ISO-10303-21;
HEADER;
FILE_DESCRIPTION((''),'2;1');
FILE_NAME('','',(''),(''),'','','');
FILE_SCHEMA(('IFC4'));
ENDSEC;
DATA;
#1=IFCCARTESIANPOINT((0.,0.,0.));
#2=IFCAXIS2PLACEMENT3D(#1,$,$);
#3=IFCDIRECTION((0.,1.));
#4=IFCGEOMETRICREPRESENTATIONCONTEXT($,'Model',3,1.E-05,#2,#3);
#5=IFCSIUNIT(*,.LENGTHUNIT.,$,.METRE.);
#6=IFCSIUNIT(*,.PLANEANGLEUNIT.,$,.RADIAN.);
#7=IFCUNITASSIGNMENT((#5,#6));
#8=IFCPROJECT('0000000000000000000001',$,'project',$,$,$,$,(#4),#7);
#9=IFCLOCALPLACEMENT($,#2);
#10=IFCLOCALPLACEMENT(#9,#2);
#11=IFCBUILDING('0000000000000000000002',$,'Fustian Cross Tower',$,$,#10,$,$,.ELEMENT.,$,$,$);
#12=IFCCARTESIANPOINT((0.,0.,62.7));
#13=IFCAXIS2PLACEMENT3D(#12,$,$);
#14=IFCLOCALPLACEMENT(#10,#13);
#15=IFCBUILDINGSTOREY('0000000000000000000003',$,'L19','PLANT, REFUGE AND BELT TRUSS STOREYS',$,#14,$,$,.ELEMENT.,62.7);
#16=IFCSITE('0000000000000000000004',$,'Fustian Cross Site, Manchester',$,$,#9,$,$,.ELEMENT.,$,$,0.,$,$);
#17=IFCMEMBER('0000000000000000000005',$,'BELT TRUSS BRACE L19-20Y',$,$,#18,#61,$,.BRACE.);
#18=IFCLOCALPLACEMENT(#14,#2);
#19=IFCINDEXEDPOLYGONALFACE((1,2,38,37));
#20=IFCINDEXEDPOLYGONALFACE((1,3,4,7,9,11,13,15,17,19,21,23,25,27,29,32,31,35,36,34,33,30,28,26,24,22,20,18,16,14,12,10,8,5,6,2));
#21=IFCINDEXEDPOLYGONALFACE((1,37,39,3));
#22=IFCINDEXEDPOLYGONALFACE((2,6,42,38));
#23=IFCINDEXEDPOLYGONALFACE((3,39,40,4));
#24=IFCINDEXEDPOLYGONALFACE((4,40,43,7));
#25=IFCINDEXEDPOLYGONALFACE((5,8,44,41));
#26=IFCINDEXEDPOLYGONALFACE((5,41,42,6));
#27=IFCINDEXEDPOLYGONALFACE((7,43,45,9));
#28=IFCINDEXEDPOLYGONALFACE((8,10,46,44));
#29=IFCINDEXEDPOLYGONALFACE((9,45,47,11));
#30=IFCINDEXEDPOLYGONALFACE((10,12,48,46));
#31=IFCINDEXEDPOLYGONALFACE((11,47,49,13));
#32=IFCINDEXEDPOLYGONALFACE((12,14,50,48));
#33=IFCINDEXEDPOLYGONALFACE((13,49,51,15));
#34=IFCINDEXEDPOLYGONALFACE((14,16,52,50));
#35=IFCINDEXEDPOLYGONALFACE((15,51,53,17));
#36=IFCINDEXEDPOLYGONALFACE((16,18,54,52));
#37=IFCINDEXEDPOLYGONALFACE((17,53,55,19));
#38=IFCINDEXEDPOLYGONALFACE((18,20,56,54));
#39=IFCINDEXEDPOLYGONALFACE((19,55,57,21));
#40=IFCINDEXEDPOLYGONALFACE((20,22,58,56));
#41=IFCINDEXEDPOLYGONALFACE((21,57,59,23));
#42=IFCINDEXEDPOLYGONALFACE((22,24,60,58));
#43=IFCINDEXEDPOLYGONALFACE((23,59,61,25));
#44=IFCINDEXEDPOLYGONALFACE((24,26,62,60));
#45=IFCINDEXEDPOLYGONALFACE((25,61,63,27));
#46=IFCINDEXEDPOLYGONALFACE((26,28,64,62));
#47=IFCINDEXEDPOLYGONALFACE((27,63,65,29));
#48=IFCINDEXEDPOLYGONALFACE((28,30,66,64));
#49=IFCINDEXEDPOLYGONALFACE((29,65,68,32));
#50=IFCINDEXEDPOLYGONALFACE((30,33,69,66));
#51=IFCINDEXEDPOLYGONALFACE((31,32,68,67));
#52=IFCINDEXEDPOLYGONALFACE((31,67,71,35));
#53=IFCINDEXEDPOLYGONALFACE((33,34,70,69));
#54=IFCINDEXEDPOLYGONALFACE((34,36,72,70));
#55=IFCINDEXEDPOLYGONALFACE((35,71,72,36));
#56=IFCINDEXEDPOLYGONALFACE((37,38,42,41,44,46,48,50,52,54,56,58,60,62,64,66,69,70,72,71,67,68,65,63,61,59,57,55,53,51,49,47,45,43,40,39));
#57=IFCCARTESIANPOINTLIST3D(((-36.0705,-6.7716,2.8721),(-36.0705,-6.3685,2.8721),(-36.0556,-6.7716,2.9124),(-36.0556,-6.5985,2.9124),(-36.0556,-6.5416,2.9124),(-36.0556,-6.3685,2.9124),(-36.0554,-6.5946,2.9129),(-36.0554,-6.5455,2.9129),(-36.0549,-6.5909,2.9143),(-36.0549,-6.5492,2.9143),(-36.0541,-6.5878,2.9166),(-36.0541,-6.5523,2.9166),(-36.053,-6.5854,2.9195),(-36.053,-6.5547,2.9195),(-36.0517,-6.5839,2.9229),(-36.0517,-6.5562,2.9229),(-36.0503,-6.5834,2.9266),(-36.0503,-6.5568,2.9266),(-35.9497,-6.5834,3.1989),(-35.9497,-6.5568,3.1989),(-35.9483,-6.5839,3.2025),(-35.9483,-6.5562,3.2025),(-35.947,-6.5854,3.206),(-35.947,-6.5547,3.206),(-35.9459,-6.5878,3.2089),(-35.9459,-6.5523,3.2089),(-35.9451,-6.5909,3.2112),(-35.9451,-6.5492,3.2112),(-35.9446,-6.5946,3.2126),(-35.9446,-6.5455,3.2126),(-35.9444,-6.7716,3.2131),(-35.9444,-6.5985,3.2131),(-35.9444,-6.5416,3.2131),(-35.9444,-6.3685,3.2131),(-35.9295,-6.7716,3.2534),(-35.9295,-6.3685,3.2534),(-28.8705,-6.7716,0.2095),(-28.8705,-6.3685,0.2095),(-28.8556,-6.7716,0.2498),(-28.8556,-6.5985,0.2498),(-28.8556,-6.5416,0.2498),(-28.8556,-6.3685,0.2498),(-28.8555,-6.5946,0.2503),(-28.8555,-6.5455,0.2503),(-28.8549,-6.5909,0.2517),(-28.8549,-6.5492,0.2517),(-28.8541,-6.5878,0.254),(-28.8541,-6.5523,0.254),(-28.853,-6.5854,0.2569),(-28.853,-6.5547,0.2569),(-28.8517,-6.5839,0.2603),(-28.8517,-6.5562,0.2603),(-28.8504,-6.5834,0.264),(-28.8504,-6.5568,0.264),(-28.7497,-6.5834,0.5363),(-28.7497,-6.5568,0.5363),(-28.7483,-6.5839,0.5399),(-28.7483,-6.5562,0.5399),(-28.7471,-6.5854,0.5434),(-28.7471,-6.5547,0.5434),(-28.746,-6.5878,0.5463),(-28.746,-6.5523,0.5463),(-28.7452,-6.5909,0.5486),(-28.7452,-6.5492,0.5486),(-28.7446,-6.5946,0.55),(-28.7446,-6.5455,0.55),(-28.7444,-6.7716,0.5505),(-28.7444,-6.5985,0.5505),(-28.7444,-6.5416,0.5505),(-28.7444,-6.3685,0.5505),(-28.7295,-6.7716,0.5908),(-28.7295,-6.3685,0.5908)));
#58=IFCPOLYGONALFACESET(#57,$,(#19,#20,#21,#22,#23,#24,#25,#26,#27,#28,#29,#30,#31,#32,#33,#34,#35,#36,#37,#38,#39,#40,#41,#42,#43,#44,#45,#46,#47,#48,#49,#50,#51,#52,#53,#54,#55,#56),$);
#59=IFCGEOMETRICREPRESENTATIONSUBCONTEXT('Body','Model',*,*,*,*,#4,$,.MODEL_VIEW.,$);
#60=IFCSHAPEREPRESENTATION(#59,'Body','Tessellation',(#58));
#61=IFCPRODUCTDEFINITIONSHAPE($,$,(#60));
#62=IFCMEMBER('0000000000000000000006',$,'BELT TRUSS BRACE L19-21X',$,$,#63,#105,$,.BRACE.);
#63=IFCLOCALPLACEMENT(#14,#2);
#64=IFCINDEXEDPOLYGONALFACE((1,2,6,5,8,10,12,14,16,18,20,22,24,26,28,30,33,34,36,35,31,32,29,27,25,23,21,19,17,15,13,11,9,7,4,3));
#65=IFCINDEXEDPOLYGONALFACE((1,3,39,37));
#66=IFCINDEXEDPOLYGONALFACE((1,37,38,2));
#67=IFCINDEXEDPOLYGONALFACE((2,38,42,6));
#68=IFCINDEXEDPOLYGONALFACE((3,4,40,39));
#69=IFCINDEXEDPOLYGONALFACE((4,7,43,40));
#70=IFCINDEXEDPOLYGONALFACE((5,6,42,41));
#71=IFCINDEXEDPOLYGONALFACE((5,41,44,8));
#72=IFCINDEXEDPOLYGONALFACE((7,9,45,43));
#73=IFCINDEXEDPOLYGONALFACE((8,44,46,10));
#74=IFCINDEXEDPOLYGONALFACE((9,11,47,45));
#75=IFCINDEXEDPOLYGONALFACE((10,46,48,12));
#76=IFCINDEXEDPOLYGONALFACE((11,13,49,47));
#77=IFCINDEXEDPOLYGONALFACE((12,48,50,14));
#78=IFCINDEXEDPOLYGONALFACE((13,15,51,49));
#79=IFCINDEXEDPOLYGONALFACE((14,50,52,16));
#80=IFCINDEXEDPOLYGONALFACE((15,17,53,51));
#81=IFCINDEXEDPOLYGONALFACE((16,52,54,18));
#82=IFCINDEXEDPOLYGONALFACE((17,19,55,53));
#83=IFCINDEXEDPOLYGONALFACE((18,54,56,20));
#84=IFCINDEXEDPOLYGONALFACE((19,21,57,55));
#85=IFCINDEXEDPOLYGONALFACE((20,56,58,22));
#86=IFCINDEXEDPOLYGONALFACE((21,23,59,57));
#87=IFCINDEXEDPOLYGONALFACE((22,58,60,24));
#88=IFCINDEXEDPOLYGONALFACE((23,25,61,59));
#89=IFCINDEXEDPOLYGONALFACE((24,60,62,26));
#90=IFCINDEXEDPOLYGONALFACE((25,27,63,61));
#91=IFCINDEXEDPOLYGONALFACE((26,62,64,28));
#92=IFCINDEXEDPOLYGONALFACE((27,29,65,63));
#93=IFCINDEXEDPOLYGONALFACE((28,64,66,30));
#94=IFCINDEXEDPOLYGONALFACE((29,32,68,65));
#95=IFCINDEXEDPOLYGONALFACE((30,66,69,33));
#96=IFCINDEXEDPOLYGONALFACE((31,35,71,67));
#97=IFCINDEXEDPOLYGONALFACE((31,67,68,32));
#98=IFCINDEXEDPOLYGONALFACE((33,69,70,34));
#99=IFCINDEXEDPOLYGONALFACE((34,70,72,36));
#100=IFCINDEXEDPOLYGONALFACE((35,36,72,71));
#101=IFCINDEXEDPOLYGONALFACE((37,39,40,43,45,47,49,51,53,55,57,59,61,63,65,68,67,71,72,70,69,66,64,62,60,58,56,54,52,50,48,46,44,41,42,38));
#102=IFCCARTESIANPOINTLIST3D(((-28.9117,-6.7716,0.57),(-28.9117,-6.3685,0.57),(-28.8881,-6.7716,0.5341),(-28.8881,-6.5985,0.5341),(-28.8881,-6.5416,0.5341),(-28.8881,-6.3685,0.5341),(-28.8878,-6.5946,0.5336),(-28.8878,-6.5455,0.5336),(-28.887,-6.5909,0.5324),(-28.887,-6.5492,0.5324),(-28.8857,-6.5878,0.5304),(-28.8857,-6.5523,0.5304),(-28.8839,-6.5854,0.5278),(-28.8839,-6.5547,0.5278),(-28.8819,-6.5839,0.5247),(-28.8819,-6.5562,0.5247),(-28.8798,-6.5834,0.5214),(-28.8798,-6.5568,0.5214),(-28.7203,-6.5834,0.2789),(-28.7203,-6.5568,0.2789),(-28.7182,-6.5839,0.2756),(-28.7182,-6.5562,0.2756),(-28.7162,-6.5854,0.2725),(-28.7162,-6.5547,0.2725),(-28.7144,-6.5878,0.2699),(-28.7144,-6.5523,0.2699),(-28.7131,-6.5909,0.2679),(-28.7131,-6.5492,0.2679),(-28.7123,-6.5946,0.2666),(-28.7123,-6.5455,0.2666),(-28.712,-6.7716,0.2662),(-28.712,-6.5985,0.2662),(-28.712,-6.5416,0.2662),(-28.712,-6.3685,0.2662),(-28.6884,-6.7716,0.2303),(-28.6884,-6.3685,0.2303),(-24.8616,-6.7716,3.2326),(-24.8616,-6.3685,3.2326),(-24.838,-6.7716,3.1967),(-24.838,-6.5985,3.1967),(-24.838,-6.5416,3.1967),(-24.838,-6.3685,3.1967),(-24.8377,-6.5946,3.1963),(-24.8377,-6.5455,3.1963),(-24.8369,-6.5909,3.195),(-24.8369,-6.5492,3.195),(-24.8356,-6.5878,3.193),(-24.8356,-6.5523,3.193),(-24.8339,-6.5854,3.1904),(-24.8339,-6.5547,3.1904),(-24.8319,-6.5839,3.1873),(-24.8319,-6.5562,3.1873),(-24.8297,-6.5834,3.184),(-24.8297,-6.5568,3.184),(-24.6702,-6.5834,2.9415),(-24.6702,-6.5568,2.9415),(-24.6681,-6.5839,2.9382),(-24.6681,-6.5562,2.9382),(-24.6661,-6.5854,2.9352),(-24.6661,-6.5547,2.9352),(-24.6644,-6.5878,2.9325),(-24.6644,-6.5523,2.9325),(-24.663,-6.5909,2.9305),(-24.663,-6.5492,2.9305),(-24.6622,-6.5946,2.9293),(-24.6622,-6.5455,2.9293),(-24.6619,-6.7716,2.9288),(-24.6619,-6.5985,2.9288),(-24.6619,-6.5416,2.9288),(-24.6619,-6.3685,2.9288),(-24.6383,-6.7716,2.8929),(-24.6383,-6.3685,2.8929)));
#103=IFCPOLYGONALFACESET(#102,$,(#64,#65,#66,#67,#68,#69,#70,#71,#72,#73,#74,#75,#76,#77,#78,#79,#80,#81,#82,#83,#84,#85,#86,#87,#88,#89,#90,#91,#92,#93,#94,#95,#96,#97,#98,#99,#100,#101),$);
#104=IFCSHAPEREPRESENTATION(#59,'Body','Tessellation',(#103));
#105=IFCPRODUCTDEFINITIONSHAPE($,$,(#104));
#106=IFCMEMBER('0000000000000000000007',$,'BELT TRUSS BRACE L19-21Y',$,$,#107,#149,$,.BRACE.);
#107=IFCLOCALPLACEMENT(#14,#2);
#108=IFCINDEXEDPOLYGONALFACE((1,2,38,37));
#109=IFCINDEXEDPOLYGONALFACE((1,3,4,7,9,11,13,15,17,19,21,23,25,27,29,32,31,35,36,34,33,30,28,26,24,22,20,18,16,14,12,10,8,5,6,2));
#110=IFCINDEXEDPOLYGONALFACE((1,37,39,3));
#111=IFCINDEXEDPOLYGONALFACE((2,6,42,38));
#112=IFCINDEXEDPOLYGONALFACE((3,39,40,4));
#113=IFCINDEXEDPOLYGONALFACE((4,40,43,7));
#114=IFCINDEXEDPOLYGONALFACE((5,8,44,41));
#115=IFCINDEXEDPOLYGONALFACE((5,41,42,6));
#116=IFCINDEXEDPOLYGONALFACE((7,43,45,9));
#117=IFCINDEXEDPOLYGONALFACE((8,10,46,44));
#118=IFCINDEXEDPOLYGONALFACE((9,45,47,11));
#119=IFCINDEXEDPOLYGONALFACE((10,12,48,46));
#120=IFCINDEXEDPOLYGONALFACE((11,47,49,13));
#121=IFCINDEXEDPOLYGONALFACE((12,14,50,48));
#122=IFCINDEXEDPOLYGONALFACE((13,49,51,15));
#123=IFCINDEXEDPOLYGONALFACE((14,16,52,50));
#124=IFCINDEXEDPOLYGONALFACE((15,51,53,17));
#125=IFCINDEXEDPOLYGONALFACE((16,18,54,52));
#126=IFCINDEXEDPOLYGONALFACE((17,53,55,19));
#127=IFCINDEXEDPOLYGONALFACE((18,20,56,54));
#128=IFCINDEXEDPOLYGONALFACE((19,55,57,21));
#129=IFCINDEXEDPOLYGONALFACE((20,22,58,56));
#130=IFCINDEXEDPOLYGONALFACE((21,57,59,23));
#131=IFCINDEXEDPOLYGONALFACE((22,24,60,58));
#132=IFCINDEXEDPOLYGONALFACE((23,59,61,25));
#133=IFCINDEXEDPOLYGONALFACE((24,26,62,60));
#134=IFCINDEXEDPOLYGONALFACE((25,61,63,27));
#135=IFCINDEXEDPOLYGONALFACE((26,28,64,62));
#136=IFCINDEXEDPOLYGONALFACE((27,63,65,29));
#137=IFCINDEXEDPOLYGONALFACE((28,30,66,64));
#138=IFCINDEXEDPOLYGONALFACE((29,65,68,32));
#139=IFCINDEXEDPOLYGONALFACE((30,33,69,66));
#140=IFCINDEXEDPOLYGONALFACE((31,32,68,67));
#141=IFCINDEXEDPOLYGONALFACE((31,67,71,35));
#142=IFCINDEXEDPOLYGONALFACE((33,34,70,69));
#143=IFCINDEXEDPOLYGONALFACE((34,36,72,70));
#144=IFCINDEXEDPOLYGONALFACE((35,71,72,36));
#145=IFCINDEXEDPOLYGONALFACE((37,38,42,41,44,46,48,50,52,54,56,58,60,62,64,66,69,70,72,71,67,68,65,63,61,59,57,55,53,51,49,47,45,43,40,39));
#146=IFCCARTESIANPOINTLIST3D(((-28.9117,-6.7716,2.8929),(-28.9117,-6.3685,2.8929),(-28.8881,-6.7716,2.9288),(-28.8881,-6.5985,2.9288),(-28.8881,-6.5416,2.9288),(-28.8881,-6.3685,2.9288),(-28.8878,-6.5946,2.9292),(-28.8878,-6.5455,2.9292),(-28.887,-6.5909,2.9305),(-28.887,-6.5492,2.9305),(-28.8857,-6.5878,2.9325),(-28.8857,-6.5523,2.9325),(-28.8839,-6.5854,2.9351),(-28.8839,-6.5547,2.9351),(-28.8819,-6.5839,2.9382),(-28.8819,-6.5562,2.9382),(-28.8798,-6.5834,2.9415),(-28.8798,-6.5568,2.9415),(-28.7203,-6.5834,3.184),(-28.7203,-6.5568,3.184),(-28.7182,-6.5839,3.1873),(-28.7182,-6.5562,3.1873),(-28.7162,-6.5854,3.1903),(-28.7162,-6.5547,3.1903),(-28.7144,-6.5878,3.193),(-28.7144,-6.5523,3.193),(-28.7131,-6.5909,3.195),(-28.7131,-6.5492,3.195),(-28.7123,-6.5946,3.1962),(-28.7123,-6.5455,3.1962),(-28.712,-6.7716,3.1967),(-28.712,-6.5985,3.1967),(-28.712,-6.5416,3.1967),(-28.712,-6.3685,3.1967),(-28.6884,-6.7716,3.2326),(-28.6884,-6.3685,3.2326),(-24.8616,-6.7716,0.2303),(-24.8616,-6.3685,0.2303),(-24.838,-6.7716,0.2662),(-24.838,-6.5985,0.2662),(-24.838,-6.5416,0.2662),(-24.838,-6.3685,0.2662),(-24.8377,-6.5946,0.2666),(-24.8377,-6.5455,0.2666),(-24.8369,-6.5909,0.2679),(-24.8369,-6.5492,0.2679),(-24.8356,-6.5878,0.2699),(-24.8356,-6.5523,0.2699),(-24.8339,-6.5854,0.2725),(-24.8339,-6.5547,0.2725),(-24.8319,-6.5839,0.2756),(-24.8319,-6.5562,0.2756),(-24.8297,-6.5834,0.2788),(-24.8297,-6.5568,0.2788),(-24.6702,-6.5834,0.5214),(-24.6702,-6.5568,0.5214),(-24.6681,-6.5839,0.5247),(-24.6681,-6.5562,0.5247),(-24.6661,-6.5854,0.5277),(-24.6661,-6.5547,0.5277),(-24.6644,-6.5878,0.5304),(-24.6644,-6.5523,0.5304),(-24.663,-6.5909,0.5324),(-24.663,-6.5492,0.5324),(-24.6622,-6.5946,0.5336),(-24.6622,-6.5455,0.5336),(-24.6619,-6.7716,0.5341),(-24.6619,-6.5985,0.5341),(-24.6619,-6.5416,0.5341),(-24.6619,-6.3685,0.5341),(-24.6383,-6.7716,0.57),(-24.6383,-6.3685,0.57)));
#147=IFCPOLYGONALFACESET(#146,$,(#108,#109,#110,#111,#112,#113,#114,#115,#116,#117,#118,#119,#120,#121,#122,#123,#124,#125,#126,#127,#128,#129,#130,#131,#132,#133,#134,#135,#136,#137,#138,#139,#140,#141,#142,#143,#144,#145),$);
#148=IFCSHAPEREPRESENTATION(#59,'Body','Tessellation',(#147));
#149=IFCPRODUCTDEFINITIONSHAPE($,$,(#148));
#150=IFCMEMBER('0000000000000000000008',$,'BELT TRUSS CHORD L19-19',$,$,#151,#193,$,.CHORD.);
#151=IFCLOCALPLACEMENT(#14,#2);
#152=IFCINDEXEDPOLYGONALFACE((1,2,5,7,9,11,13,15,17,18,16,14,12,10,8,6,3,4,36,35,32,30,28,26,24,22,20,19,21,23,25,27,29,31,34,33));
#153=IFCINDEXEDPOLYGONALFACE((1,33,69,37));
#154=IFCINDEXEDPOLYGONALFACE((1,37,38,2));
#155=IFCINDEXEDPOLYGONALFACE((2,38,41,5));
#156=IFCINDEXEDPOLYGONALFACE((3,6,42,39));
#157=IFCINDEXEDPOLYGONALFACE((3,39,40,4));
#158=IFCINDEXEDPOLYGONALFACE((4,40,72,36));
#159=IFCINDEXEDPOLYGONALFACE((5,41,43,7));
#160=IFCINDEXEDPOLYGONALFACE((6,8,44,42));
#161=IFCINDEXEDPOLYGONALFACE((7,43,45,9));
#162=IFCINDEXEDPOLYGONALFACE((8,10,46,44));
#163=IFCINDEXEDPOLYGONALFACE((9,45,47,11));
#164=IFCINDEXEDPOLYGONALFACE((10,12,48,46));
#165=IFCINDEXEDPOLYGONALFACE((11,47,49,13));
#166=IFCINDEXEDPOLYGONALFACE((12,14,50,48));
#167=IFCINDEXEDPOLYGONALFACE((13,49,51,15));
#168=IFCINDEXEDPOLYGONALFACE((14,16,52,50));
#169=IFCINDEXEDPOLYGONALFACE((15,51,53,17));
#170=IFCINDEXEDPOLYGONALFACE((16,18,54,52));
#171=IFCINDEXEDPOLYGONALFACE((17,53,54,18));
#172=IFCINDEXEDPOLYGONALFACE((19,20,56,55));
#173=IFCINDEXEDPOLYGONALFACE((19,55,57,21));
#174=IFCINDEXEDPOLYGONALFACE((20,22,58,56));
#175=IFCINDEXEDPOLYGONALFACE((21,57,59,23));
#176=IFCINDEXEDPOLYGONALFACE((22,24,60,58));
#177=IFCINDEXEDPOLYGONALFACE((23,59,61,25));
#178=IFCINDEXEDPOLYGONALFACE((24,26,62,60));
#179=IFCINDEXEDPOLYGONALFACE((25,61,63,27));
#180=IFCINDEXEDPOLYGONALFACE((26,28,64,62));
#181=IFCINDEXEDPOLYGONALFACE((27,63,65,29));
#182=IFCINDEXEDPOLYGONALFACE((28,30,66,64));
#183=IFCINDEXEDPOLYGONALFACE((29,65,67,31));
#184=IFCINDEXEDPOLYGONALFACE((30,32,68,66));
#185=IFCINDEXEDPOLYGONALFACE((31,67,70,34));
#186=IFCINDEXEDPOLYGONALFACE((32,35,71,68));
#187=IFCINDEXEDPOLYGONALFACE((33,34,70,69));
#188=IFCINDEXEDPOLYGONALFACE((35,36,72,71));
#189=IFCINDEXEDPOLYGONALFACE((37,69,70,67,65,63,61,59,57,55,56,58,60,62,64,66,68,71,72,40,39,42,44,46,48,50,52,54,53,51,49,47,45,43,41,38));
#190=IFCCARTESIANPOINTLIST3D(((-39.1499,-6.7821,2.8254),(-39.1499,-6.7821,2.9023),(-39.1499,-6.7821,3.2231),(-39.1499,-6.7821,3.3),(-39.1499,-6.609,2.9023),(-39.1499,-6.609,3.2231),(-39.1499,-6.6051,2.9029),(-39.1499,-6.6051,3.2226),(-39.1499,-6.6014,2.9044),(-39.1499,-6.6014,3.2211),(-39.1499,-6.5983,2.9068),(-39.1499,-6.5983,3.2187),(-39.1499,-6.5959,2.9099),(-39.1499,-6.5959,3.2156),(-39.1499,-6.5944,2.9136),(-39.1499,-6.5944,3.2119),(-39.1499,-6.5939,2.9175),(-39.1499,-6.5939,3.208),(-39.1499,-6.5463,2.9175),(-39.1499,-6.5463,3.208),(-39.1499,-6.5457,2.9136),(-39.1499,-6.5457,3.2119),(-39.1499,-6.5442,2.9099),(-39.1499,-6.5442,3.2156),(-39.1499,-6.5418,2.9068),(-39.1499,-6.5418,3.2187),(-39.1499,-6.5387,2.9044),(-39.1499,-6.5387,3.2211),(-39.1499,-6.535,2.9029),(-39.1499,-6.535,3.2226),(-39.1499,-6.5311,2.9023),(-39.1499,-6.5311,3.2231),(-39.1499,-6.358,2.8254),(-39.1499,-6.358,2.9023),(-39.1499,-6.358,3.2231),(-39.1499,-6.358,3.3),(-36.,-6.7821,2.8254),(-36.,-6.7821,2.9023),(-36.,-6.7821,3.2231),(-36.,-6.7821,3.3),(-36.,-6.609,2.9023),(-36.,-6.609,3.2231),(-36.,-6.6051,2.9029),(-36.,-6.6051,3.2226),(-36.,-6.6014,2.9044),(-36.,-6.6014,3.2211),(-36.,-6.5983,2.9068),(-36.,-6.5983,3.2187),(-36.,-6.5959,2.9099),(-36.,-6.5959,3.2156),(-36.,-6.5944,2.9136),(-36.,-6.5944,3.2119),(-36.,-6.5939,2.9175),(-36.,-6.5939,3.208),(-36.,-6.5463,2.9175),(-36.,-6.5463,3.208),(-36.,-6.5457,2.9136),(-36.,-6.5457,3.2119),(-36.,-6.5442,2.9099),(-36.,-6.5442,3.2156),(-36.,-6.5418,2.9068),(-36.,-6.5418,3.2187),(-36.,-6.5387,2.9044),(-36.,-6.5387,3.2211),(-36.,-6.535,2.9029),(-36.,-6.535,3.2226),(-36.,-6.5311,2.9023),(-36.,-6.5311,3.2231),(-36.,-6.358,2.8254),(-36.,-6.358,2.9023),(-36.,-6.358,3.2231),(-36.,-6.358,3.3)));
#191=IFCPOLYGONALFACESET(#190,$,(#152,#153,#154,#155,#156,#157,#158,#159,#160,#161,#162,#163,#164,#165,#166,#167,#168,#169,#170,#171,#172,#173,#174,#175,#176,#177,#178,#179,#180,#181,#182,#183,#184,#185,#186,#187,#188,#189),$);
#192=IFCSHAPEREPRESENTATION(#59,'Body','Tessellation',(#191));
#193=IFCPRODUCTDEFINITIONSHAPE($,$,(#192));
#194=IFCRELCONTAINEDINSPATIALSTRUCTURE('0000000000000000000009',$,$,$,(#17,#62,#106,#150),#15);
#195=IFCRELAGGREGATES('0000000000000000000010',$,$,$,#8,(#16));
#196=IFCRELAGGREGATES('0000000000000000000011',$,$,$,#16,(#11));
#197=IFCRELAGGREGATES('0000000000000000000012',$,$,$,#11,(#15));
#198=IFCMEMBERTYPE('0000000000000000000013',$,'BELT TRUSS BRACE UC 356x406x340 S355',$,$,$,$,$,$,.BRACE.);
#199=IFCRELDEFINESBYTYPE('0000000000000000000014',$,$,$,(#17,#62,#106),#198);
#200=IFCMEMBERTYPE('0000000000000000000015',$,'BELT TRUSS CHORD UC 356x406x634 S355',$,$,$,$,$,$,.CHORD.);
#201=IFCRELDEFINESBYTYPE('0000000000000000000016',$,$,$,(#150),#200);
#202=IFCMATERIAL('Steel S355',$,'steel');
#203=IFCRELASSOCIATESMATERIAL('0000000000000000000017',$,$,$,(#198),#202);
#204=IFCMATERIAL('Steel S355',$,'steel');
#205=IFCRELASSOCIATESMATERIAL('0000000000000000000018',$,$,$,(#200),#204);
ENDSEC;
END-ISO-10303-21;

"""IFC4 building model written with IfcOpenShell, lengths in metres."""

from ifc_helpers import new_model, si_unit, direction, frame, origin, origin_2d, place, context, subcontext, project, spatial, i_section, extrude, material, material_profile, profile_set, type_object, element, save


model = new_model("IFC4")

# Units and contexts
model_context = context("Model", 3, precision=1e-05, world=origin(), true_north=direction((0.0, 1.0)))
body_context = subcontext(model_context, "Body", "Model", "MODEL_VIEW")
ifc_project = project(units=[si_unit("LENGTHUNIT", "METRE"), si_unit("PLANEANGLEUNIT", "RADIAN")], contexts=[model_context])

# Site, building, storey
site_placement = place(None, origin())
site = spatial("IfcSite", under=ifc_project, at=site_placement, Name="Fustian Cross Site, Manchester", CompositionType="ELEMENT", RefElevation=0.0)
building_placement = place(site_placement, origin())
building = spatial("IfcBuilding", under=site, at=building_placement, Name="Fustian Cross Tower", CompositionType="ELEMENT")
storey_placement = place(building_placement, frame((0.0, 0.0, 62.7)))
storey = spatial("IfcBuildingStorey", under=building, at=storey_placement, Name="L19", Description="PLANT, REFUGE AND BELT TRUSS STOREYS", CompositionType="ELEMENT", Elevation=62.7)

# Members
ifc_material_1 = material(Name="Steel S355", Category="steel")
ifc_material_profile_1 = material_profile(ifc_material_1, i_section(OverallWidth=0.4031, OverallDepth=0.4065, WebThickness=0.0266, FlangeThickness=0.043, FilletRadius=0.0151, at=origin_2d()), Name="UC 356x406x340")
ifc_profile_set_1 = profile_set([ifc_material_profile_1], Name="Steel S355")
member_type_1 = type_object("IfcMemberType", Name="BELT TRUSS BRACE UC 356x406x340 S355", PredefinedType="BRACE", material=ifc_profile_set_1)
for number, where, z_axis, x_axis, name in (
    (1, (-36.0, -6.5701, 3.0627), (0.937921, 0.0, -0.34685), (0.0, 1.0, 0.0), "BELT TRUSS BRACE L19-20Y"),
):
    element("IfcMember", number, at=place(storey_placement, frame(where, z_axis=z_axis, x_axis=x_axis)), inside=storey, type_object=member_type_1, Name=name, PredefinedType="BRACE", context=body_context, shape_type="SweptSolid", body=[
        extrude(i_section(OverallWidth=0.4031, OverallDepth=0.4065, WebThickness=0.0266, FlangeThickness=0.043, FilletRadius=0.0151, at=origin_2d()), origin(), (0.0, 0.0, 1.0), 7.6765),
    ])
for number, where, z_axis, x_axis, name in (
    (2, (-28.8, -6.5701, 0.4001), (0.835598, 0.0, 0.549342), (0.0, 1.0, 0.0), "BELT TRUSS BRACE L19-21X"),
    (3, (-28.8, -6.5701, 3.0627), (0.835598, 0.0, -0.549342), (0.0, 1.0, 0.0), "BELT TRUSS BRACE L19-21Y"),
):
    element("IfcMember", number, at=place(storey_placement, frame(where, z_axis=z_axis, x_axis=x_axis)), inside=storey, type_object=member_type_1, Name=name, PredefinedType="BRACE", context=body_context, shape_type="SweptSolid", body=[
        extrude(i_section(OverallWidth=0.4031, OverallDepth=0.4065, WebThickness=0.0266, FlangeThickness=0.043, FilletRadius=0.0151, at=origin_2d()), origin(), (0.0, 0.0, 1.0), 4.8469),
    ])
ifc_material_2 = material(Name="Steel S355", Category="steel")
ifc_material_profile_2 = material_profile(ifc_material_2, i_section(OverallWidth=0.4241, OverallDepth=0.4746, WebThickness=0.0476, FlangeThickness=0.0769, FilletRadius=0.0151, at=origin_2d()), Name="UC 356x406x634")
ifc_profile_set_2 = profile_set([ifc_material_profile_2], Name="Steel S355")
member_type_2 = type_object("IfcMemberType", Name="BELT TRUSS CHORD UC 356x406x634 S355", PredefinedType="CHORD", material=ifc_profile_set_2)
for number, where, z_axis, x_axis, name in (
    (4, (-39.1499, -6.5701, 3.0627), (1.0, 0.0, 0.0), (0.0, 1.0, 0.0), "BELT TRUSS CHORD L19-19"),
):
    element("IfcMember", number, at=place(storey_placement, frame(where, z_axis=z_axis, x_axis=x_axis)), inside=storey, type_object=member_type_2, Name=name, PredefinedType="CHORD", context=body_context, shape_type="SweptSolid", body=[
        extrude(i_section(OverallWidth=0.4241, OverallDepth=0.4746, WebThickness=0.0476, FlangeThickness=0.0769, FilletRadius=0.0151, at=origin_2d()), origin(), (0.0, 0.0, 1.0), 3.1499),
    ])

save(model, "model.ifc")
